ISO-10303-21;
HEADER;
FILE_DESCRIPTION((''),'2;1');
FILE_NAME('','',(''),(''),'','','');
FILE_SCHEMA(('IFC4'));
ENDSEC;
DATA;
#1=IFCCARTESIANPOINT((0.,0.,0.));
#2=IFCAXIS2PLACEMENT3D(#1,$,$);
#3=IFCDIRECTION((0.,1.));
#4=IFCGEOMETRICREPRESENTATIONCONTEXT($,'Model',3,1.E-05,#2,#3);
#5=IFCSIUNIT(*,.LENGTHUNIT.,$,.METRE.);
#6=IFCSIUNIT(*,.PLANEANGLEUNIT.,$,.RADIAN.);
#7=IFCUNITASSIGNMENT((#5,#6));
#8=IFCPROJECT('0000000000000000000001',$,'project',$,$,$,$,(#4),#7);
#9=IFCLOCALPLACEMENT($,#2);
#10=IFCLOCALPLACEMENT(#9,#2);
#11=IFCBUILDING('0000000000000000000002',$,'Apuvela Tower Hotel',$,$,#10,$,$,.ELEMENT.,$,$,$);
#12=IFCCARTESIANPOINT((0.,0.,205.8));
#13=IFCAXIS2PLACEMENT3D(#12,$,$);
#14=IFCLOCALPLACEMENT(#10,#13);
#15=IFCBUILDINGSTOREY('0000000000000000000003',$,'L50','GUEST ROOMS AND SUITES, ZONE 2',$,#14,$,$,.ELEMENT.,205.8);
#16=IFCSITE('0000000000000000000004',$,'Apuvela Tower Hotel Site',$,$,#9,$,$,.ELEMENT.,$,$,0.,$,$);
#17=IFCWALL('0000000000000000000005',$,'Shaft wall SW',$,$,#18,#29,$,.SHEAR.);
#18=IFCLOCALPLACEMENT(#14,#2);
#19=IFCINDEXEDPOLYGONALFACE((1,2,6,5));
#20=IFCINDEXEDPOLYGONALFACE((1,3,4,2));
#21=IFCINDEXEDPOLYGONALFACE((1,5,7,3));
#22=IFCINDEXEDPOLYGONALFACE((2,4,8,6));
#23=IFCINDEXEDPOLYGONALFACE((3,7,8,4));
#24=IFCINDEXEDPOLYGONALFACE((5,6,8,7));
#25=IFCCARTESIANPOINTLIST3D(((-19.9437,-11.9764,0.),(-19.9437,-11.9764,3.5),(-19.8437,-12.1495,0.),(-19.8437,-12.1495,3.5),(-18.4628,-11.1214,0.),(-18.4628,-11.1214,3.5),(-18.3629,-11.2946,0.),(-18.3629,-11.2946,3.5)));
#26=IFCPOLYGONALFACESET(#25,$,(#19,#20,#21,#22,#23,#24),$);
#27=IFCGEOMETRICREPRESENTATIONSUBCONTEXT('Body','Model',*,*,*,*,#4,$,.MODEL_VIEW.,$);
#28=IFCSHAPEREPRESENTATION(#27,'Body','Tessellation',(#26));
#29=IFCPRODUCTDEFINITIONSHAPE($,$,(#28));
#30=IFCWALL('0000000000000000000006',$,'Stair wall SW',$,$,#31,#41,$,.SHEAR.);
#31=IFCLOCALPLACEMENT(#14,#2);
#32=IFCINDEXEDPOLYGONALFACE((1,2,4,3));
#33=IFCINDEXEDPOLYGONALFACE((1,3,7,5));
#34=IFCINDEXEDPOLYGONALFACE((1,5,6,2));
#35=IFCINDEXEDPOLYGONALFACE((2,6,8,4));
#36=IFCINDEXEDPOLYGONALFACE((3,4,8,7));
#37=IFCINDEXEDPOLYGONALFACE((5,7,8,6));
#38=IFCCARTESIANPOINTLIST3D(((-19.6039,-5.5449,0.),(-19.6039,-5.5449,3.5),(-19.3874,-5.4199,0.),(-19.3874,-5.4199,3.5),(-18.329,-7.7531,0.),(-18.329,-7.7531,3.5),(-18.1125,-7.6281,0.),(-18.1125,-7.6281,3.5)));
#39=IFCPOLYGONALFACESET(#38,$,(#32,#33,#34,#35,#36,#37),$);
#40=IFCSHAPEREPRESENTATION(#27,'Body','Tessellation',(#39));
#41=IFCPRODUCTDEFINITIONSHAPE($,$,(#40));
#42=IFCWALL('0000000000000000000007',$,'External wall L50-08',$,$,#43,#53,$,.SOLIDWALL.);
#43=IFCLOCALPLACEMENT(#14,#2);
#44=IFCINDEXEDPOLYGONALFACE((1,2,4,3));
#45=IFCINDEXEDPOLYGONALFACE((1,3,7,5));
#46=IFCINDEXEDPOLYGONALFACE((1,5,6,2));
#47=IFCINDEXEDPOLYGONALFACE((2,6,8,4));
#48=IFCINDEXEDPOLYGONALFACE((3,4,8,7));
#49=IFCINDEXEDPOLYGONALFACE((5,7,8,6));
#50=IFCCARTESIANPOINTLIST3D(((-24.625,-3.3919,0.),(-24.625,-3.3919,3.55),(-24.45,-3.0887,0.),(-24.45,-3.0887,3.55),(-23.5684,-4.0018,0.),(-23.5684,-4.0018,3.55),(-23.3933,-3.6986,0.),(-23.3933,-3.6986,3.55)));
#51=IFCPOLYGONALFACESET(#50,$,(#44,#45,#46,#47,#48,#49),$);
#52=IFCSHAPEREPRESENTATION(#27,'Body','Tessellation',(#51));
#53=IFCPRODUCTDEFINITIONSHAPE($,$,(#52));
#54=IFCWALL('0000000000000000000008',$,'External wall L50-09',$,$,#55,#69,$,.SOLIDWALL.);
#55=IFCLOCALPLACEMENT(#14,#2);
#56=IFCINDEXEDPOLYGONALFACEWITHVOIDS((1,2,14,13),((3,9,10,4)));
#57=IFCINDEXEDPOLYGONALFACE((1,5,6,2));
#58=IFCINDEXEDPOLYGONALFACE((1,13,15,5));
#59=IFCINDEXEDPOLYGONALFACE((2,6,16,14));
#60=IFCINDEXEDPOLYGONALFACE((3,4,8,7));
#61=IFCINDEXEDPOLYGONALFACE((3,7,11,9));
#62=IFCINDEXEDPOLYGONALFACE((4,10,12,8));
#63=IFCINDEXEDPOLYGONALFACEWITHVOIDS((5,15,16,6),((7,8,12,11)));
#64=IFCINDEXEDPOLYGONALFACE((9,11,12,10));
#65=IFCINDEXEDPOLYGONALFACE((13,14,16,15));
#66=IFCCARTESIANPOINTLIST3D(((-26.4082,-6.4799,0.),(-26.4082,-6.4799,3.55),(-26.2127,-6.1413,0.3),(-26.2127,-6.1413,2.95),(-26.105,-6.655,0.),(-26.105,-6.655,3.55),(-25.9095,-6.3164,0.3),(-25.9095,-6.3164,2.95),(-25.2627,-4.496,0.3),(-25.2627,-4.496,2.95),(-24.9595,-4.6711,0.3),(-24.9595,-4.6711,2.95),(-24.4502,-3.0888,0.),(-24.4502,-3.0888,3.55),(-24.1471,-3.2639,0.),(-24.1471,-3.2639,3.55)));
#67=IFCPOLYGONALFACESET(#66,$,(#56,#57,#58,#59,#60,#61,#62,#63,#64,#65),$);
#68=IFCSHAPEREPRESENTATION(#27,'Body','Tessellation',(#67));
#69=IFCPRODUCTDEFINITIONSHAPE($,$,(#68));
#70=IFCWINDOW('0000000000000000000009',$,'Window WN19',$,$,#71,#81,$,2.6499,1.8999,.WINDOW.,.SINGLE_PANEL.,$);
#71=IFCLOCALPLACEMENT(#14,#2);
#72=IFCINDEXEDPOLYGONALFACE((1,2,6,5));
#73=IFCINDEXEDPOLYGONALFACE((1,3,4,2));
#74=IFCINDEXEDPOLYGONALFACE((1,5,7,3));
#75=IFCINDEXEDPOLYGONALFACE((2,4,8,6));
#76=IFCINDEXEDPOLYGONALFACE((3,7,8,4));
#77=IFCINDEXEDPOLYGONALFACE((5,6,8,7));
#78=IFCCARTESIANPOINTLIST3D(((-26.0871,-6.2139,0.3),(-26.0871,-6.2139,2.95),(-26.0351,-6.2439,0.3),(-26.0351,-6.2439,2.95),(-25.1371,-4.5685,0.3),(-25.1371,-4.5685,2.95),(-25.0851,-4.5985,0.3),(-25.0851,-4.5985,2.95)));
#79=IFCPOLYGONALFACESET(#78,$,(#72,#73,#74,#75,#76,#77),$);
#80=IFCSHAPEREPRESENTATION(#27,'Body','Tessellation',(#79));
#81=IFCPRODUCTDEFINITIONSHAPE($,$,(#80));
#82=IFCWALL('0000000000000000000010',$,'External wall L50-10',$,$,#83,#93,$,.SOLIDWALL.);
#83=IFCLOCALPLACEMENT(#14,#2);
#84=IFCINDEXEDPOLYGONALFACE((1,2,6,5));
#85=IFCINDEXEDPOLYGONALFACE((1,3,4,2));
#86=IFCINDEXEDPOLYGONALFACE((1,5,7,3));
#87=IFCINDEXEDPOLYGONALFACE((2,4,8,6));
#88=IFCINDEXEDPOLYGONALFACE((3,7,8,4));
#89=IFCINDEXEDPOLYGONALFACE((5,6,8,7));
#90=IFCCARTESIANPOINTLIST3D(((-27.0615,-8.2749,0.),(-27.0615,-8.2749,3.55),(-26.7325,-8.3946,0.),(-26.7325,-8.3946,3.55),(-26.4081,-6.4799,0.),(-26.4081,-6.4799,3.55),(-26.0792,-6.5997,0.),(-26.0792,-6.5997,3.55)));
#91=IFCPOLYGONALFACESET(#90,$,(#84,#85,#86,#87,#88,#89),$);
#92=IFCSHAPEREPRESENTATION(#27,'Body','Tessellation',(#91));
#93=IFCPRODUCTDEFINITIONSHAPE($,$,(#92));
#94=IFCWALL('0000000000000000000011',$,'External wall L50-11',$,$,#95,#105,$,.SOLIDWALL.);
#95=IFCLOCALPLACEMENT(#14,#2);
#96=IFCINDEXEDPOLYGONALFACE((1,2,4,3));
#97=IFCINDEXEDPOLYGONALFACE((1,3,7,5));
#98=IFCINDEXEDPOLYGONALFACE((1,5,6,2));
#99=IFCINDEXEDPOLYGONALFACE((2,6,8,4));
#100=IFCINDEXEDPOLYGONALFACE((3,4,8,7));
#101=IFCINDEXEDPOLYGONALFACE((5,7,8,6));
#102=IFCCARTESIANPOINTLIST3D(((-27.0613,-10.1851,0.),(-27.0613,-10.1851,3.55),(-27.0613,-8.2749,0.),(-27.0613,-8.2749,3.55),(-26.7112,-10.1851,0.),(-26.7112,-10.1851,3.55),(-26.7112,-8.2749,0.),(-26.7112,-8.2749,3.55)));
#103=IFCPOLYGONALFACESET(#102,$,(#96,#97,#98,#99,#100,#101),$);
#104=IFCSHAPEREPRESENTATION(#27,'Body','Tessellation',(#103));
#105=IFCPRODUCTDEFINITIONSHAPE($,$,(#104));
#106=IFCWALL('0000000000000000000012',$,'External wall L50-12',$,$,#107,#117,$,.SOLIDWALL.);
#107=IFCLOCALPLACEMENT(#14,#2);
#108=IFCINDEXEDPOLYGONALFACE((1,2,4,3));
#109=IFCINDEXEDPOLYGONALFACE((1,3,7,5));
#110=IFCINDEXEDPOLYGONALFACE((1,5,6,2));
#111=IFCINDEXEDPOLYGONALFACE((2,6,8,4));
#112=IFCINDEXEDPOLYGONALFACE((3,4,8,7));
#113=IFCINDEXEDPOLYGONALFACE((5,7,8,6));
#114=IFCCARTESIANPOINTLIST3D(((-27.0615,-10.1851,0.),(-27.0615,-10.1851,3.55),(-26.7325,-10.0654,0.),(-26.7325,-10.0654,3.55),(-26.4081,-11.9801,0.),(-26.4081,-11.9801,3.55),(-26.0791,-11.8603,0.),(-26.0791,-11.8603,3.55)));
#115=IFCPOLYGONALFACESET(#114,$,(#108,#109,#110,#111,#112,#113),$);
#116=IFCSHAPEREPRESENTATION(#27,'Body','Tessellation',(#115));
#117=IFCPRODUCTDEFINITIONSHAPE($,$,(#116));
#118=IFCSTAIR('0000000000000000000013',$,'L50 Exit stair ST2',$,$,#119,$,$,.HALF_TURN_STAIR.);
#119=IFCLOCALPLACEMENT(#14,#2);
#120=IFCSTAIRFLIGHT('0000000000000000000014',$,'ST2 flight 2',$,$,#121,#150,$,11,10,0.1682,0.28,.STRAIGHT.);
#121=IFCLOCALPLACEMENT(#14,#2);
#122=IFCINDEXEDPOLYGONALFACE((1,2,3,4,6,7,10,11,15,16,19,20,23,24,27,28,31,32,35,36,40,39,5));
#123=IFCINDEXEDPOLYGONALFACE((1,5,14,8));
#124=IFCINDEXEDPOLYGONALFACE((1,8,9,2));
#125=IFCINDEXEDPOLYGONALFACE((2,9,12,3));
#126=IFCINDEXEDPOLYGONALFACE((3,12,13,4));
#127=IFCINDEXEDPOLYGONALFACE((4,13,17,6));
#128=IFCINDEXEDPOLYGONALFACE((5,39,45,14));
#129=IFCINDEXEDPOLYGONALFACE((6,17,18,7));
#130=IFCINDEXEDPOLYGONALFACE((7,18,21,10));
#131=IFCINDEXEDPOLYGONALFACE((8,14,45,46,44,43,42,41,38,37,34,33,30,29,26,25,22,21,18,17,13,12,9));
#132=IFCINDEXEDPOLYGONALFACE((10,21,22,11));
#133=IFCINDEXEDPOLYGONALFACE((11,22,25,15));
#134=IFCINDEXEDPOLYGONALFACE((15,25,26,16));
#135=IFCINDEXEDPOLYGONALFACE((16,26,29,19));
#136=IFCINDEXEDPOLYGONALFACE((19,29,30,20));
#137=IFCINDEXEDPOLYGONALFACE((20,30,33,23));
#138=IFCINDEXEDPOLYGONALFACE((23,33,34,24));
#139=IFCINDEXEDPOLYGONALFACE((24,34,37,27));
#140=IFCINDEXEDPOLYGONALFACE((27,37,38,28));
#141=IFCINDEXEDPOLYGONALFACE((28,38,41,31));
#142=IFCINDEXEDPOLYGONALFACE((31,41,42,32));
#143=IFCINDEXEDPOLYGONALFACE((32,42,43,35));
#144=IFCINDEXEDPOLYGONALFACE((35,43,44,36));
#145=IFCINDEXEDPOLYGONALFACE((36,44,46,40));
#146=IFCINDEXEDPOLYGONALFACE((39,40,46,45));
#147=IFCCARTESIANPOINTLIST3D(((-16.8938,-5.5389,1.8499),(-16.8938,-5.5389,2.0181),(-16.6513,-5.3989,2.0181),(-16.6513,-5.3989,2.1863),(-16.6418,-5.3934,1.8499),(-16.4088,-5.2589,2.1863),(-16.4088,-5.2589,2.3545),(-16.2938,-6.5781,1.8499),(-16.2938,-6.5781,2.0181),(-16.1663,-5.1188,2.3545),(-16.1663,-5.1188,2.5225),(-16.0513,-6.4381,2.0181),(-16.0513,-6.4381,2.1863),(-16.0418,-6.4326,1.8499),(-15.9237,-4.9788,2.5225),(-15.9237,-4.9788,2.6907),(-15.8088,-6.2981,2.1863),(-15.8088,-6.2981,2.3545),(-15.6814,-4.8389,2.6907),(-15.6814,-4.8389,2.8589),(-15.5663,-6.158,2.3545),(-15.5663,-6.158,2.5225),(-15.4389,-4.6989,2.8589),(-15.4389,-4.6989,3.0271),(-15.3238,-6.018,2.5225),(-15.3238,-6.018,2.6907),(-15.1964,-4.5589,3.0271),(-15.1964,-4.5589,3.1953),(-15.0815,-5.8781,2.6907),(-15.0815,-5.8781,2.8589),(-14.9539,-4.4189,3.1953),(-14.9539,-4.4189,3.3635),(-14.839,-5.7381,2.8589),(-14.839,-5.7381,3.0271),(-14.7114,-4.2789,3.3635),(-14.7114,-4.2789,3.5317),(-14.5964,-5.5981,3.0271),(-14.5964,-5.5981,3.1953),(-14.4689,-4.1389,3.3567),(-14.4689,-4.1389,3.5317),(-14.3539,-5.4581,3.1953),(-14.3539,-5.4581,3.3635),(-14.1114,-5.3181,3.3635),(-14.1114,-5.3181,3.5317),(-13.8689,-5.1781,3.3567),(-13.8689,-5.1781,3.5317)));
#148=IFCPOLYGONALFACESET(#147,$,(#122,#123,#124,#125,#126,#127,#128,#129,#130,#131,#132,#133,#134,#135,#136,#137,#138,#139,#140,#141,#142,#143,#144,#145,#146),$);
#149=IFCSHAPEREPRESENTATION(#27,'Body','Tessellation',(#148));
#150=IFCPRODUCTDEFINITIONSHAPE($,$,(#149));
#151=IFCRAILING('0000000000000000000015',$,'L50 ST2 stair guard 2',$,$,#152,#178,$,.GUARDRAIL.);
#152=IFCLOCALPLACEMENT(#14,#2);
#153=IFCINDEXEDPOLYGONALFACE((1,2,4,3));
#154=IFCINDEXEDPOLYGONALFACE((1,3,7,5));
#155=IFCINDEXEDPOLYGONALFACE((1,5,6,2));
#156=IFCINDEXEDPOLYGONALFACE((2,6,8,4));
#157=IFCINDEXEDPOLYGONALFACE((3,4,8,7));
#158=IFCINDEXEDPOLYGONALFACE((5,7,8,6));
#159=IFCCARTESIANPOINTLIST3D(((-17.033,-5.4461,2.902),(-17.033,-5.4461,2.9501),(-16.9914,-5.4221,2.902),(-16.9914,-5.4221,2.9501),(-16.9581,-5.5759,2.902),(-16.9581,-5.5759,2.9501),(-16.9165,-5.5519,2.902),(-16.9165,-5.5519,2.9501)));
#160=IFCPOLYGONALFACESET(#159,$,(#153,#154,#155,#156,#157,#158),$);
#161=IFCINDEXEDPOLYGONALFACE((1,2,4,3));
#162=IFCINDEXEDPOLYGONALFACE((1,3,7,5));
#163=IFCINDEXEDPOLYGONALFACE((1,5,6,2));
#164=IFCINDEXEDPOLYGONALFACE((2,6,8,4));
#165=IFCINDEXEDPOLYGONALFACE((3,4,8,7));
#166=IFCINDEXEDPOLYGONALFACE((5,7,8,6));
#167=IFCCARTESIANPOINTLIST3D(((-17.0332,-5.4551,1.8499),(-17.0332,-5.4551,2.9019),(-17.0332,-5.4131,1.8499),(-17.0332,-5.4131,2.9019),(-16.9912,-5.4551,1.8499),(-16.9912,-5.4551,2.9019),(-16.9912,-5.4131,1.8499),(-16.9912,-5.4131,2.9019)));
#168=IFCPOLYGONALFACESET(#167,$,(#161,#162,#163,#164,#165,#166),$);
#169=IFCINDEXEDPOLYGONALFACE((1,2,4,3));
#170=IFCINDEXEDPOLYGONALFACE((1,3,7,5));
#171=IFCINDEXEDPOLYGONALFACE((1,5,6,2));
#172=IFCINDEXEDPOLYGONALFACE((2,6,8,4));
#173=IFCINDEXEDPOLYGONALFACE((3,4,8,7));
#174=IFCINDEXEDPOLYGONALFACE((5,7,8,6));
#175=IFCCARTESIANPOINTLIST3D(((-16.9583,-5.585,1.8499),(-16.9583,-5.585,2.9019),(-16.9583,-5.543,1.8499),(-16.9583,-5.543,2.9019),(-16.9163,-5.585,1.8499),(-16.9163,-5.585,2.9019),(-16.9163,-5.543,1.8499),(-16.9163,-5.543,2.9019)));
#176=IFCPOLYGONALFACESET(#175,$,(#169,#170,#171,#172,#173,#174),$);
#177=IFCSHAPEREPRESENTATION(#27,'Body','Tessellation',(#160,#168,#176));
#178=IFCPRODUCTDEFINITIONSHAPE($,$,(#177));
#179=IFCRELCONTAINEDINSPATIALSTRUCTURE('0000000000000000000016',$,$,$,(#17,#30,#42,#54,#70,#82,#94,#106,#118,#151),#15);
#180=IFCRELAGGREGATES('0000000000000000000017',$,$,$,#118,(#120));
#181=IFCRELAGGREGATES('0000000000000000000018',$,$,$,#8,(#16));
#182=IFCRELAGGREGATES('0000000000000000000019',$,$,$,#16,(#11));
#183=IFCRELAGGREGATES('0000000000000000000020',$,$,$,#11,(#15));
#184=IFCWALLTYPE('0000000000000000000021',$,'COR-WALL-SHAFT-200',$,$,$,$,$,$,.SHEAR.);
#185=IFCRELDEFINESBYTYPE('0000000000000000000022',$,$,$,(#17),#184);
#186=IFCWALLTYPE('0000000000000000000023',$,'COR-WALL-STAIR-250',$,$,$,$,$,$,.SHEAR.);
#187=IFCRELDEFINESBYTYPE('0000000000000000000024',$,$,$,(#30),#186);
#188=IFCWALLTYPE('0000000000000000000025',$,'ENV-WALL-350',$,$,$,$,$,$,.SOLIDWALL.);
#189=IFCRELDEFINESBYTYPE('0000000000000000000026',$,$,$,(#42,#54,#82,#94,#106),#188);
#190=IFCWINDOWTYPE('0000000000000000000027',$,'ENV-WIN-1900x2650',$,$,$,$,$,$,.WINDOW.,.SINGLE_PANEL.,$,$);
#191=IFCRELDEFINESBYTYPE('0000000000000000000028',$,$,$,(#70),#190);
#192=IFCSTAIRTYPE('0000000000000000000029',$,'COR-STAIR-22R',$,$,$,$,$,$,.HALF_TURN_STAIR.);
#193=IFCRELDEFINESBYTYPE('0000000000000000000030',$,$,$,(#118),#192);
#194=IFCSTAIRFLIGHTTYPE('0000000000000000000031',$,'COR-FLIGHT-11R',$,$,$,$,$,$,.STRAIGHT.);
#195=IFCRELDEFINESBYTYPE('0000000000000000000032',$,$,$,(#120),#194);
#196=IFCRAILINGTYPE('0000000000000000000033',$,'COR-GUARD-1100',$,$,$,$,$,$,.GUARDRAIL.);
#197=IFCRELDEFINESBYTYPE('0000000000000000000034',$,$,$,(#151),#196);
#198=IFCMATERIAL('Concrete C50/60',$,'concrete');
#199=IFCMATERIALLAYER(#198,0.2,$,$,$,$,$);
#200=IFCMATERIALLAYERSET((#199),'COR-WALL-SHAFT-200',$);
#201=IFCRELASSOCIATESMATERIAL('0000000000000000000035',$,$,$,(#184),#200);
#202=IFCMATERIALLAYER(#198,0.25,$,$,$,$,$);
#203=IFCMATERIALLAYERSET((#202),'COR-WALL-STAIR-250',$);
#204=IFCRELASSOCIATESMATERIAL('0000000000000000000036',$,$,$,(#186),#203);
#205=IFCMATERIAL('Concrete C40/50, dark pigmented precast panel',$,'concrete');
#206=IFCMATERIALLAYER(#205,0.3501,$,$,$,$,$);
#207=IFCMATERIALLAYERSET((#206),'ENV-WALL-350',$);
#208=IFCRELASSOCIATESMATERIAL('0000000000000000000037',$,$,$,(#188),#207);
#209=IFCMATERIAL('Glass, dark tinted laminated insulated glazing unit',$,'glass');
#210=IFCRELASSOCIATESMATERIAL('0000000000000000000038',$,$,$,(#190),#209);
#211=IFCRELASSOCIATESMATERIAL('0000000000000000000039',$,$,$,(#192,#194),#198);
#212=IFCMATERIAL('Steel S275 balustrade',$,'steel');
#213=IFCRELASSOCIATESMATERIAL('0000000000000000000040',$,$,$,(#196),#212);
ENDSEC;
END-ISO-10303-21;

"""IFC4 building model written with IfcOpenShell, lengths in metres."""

from ifc_helpers import new_model, si_unit, direction, frame, frame_2d, origin, origin_2d, place, context, subcontext, project, spatial, polyline, rectangle, outline, extrude, material, layer, layer_set, type_object, element, fill, aggregate, save


model = new_model("IFC4")

# Units and contexts
model_context = context("Model", 3, precision=1e-05, world=origin(), true_north=direction((0.0, 1.0)))
body_context = subcontext(model_context, "Body", "Model", "MODEL_VIEW")
ifc_project = project(units=[si_unit("LENGTHUNIT", "METRE"), si_unit("PLANEANGLEUNIT", "RADIAN")], contexts=[model_context])

# Site, building, storey
site_placement = place(None, origin())
site = spatial("IfcSite", under=ifc_project, at=site_placement, Name="Apuvela Tower Hotel Site", CompositionType="ELEMENT", RefElevation=0.0)
building_placement = place(site_placement, origin())
building = spatial("IfcBuilding", under=site, at=building_placement, Name="Apuvela Tower Hotel", CompositionType="ELEMENT")
storey_placement = place(building_placement, frame((0.0, 0.0, 205.8)))
storey = spatial("IfcBuildingStorey", under=building, at=storey_placement, Name="L50", Description="GUEST ROOMS AND SUITES, ZONE 2", CompositionType="ELEMENT", Elevation=205.8)

# Walls
ifc_material_1 = material(Name="Concrete C50/60", Category="concrete")
ifc_layer_1 = layer(ifc_material_1, 0.2)
ifc_layer_set_1 = layer_set([ifc_layer_1], Name="COR-WALL-SHAFT-200")
wall_type_1 = type_object("IfcWallType", Name="COR-WALL-SHAFT-200", PredefinedType="SHEAR", material=ifc_layer_set_1)
wall_1_placement = place(storey_placement, frame((-18.4128, -11.208, 0.0), z_axis=(0.0, 0.0, 1.0), x_axis=(-0.866038, -0.499978, 0.0)))
element("IfcWall", 1, at=wall_1_placement, inside=storey, type_object=wall_type_1, Name="Shaft wall SW", PredefinedType="SHEAR", context=body_context, shape_type="SweptSolid", body=[
    extrude(rectangle(XDim=1.71, YDim=0.2, at=frame_2d((0.855, 0.0))), origin(), (0.0, 0.0, 1.0), 3.5),
])
ifc_layer_2 = layer(ifc_material_1, 0.25)
ifc_layer_set_2 = layer_set([ifc_layer_2], Name="COR-WALL-STAIR-250")
wall_type_2 = type_object("IfcWallType", Name="COR-WALL-STAIR-250", PredefinedType="SHEAR", material=ifc_layer_set_2)
wall_2_placement = place(storey_placement, frame((-19.4956, -5.4824, 0.0), z_axis=(0.0, 0.0, 1.0), x_axis=(0.49999, -0.866031, 0.0)))
element("IfcWall", 2, at=wall_2_placement, inside=storey, type_object=wall_type_2, Name="Stair wall SW", PredefinedType="SHEAR", context=body_context, shape_type="SweptSolid", body=[
    extrude(rectangle(XDim=2.5498, YDim=0.25, at=frame_2d((1.2749, 0.0))), origin(), (0.0, 0.0, 1.0), 3.5),
])
ifc_material_2 = material(Name="Concrete C40/50, dark pigmented precast panel", Category="concrete")
ifc_layer_3 = layer(ifc_material_2, 0.3501)
ifc_layer_set_3 = layer_set([ifc_layer_3], Name="ENV-WALL-350")
wall_type_3 = type_object("IfcWallType", Name="ENV-WALL-350", PredefinedType="SOLIDWALL", material=ifc_layer_set_3)
wall_3_placement = place(storey_placement, frame((-23.481, -3.8501, 0.0), z_axis=(0.0, 0.0, 1.0), x_axis=(-0.866092, 0.499884, 0.0)))
element("IfcWall", 3, at=wall_3_placement, inside=storey, type_object=wall_type_3, Name="External wall L50-08", PredefinedType="SOLIDWALL", context=body_context, shape_type="SweptSolid", body=[
    extrude(rectangle(XDim=1.22, YDim=0.3501, at=frame_2d((0.6099, 0.0))), origin(), (0.0, 0.0, 1.0), 3.55),
])

# Wall, opening, window
wall_4_placement = place(storey_placement, frame((-24.2986, -3.1763, 0.0), z_axis=(0.0, 0.0, 1.0), x_axis=(-0.500028, -0.866009, 0.0)))
wall_4 = element("IfcWall", 4, at=wall_4_placement, inside=storey, type_object=wall_type_3, Name="External wall L50-09", PredefinedType="SOLIDWALL", context=body_context, shape_type="SweptSolid", body=[
    extrude(rectangle(XDim=3.9158, YDim=0.3501, at=frame_2d((1.958, 0.0))), origin(), (0.0, 0.0, 1.0), 3.55),
])
opening_1_placement = place(wall_4_placement, frame((1.625, 0.0, 0.3)))
opening_1 = element("IfcOpeningElement", 5, at=opening_1_placement, cuts=wall_4, PredefinedType="OPENING", context=body_context, shape_type="SweptSolid", body=[
    extrude(rectangle(XDim=1.8999, YDim=2.6499, at=frame_2d((0.95, 1.325))), frame((0.0, 0.1851, 0.0), z_axis=(0.0, -1.0, 0.0), x_axis=(1.0, 0.0, 0.0)), (0.0, 0.0, 1.0), 0.3701),
])
ifc_material_3 = material(Name="Glass, dark tinted laminated insulated glazing unit", Category="glass")
window_type = type_object("IfcWindowType", Name="ENV-WIN-1900x2650", PartitioningType="SINGLE_PANEL", PredefinedType="WINDOW", material=ifc_material_3)
window_placement = place(opening_1_placement, origin())
window = element("IfcWindow", 6, at=window_placement, inside=storey, type_object=window_type, Name="Window WN19", OverallHeight=2.6499, OverallWidth=1.8999, PartitioningType="SINGLE_PANEL", PredefinedType="WINDOW", context=body_context, shape_type="SweptSolid", body=[
    extrude(rectangle(XDim=1.8999, YDim=2.6499, at=frame_2d((0.95, 1.325))), frame((0.0, 0.03, 0.0), z_axis=(0.0, -1.0, 0.0), x_axis=(1.0, 0.0, 0.0)), (0.0, 0.0, 1.0), 0.0601),
])
fill(opening_1, window)

# Walls
for number, where, z_axis, x_axis, name in (
    (7, (-26.2437, -6.5398, 0.0), (0.0, 0.0, 1.0), (-0.34203, -0.939689, 0.0), "External wall L50-10"),
    (8, (-26.8862, -8.2749, 0.0), (0.0, 0.0, 1.0), (0.0, -1.0, 0.0), "External wall L50-11"),
    (9, (-26.897, -10.1252, 0.0), (0.0, 0.0, 1.0), (0.34203, -0.939689, 0.0), "External wall L50-12"),
):
    element("IfcWall", number, at=place(storey_placement, frame(where, z_axis=z_axis, x_axis=x_axis)), inside=storey, type_object=wall_type_3, Name=name, PredefinedType="SOLIDWALL", context=body_context, shape_type="SweptSolid", body=[
        extrude(rectangle(XDim=1.9102, YDim=0.3501, at=frame_2d((0.9551, 0.0))), origin(), (0.0, 0.0, 1.0), 3.55),
    ])

# Stair, stair flight
stair_type = type_object("IfcStairType", Name="COR-STAIR-22R", PredefinedType="HALF_TURN_STAIR", material=ifc_material_1)
stair_placement = place(storey_placement, origin())
stair = element("IfcStair", 10, at=stair_placement, inside=storey, type_object=stair_type, Name="L50 Exit stair ST2", PredefinedType="HALF_TURN_STAIR")
stair_flight_type = type_object("IfcStairFlightType", Name="COR-FLIGHT-11R", PredefinedType="STRAIGHT", material=ifc_material_1)
stair_flight_placement = place(storey_placement, frame((-16.5938, -6.0586, 1.8499), z_axis=(0.0, 0.0, 1.0), x_axis=(0.866025, 0.5, 0.0)))
stair_flight = element("IfcStairFlight", 11, at=stair_flight_placement, type_object=stair_flight_type, Name="ST2 flight 2", NumberOfRisers=11, NumberOfTreads=10, PredefinedType="STRAIGHT", RiserHeight=0.1682, TreadLength=0.28, context=body_context, shape_type="SweptSolid", body=[
    extrude(outline(polyline([(0.0, 0.0), (0.0, 0.1682), (0.28, 0.1682), (0.28, 0.3364), (0.5601, 0.3364), (0.5601, 0.5046), (0.8401, 0.5046), (0.8401, 0.6726), (1.1201, 0.6726), (1.1201, 0.8408), (1.3999, 0.8408), (1.3999, 1.009), (1.6799, 1.009), (1.6799, 1.1772), (1.96, 1.1772), (1.96, 1.3455), (2.24, 1.3455), (2.24, 1.5137), (2.52, 1.5137), (2.52, 1.6819), (2.8, 1.6819), (2.8, 1.8501), (2.8, 1.5068), (0.291, 0.0), (0.0, 0.0)])), frame((0.0, 0.6001, 0.0), z_axis=(0.0, -1.0, 0.0), x_axis=(1.0, 0.0, 0.0)), (0.0, 0.0, 1.0), 1.2),
])
aggregate(stair, [stair_flight])

# Railing
ifc_material_4 = material(Name="Steel S275 balustrade", Category="steel")
railing_type_1 = type_object("IfcRailingType", Name="COR-GUARD-1100", PredefinedType="GUARDRAIL", material=ifc_material_4)
railing_1_placement = place(storey_placement, frame((-17.0122, -5.4341, 1.8499)))
element("IfcRailing", 12, at=railing_1_placement, inside=storey, type_object=railing_type_1, Name="L50 ST2 stair guard 2", PredefinedType="GUARDRAIL", context=body_context, shape_type="SweptSolid", body=[
    extrude(rectangle(XDim=0.0481, YDim=0.0481, at=origin_2d()), frame((0.0, 0.0, 1.0762), z_axis=(0.499816, -0.866131, 0.0), x_axis=(0.866131, 0.499816, 0.0)), (0.0, 0.0, 1.0), 0.1499),
    extrude(rectangle(XDim=0.042, YDim=0.042, at=origin_2d()), origin(), (0.0, 0.0, 1.0), 1.052),
    extrude(rectangle(XDim=0.042, YDim=0.042, at=origin_2d()), frame((0.075, -0.1299, 0.0)), (0.0, 0.0, 1.0), 1.052),
])

save(model, "model.ifc")
